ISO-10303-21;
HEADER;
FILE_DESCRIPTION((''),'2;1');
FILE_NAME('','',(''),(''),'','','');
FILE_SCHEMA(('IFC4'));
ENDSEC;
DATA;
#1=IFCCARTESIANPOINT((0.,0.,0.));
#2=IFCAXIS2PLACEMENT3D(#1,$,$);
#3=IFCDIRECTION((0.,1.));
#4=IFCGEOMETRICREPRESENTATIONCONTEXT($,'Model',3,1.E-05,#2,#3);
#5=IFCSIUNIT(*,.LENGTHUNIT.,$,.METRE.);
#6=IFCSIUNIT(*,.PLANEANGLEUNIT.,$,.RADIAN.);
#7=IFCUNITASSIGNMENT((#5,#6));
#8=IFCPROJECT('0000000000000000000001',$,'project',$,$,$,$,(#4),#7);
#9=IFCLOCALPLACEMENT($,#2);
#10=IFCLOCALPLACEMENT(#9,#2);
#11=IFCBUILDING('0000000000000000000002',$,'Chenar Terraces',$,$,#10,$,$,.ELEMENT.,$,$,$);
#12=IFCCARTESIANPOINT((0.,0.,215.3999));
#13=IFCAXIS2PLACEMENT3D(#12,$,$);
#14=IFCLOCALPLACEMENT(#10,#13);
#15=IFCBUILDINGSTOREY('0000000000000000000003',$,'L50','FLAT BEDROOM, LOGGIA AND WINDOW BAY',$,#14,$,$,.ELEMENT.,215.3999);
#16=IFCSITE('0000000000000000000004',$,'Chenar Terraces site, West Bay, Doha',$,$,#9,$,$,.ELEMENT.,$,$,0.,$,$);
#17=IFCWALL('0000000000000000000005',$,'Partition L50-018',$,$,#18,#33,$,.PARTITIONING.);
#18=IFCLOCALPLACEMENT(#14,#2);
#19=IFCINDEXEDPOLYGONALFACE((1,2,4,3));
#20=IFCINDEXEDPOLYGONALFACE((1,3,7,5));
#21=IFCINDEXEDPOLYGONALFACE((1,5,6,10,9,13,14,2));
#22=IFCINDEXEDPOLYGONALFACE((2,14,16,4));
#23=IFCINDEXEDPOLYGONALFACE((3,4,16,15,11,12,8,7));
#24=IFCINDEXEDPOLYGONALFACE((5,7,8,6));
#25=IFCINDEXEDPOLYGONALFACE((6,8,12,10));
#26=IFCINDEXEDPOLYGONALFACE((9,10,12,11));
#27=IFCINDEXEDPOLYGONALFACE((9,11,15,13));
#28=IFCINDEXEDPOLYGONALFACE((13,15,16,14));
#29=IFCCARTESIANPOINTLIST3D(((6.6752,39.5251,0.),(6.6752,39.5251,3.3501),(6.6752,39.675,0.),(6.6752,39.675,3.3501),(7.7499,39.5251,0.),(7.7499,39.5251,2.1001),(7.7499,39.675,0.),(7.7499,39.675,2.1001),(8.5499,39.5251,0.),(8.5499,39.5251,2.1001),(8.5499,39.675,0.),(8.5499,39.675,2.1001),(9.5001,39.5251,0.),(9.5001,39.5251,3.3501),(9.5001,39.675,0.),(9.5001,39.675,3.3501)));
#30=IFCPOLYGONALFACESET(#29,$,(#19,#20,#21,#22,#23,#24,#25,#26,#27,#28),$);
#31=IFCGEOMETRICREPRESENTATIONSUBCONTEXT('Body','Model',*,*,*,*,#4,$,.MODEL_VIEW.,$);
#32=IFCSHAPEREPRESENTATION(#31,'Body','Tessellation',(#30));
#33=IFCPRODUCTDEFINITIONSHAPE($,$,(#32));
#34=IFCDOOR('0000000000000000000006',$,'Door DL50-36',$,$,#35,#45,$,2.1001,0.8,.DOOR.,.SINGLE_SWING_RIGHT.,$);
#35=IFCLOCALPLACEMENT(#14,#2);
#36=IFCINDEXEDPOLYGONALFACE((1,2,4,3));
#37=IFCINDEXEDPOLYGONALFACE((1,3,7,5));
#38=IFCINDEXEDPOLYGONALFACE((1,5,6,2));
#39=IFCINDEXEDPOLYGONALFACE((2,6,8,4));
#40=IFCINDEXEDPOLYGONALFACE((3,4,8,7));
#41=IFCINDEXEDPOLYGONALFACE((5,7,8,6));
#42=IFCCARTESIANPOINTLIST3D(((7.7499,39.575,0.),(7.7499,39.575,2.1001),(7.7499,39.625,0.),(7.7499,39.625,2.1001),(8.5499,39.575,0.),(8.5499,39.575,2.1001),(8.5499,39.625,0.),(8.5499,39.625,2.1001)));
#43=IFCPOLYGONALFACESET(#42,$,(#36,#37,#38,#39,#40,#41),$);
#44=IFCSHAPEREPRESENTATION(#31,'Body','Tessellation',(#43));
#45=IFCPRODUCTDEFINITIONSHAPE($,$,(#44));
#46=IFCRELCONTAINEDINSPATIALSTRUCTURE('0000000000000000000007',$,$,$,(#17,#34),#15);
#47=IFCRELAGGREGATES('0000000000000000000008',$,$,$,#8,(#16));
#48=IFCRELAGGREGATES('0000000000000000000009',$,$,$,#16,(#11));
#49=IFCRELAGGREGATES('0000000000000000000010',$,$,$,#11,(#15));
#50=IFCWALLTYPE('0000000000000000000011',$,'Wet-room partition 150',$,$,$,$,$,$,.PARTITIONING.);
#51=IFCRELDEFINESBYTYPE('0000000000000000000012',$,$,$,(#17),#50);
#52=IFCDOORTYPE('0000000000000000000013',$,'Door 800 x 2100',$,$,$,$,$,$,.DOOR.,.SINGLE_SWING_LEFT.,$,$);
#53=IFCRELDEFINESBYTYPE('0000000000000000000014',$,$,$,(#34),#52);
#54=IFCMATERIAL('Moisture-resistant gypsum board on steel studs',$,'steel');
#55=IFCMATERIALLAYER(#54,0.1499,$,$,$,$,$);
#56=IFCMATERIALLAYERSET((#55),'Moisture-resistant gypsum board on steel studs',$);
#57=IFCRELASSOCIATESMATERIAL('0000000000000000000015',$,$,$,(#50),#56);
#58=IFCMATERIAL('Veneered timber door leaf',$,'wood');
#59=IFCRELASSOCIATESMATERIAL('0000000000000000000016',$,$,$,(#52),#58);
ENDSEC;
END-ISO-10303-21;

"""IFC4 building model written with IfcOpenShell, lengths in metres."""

from ifc_helpers import new_model, si_unit, direction, frame, frame_2d, origin, place, context, subcontext, project, spatial, rectangle, extrude, material, layer, layer_set, type_object, element, fill, save


model = new_model("IFC4")

# Units and contexts
model_context = context("Model", 3, precision=1e-05, world=origin(), true_north=direction((0.0, 1.0)))
body_context = subcontext(model_context, "Body", "Model", "MODEL_VIEW")
ifc_project = project(units=[si_unit("LENGTHUNIT", "METRE"), si_unit("PLANEANGLEUNIT", "RADIAN")], contexts=[model_context])

# Site, building, storey
site_placement = place(None, origin())
site = spatial("IfcSite", under=ifc_project, at=site_placement, Name="Chenar Terraces site, West Bay, Doha", CompositionType="ELEMENT", RefElevation=0.0)
building_placement = place(site_placement, origin())
building = spatial("IfcBuilding", under=site, at=building_placement, Name="Chenar Terraces", CompositionType="ELEMENT")
storey_placement = place(building_placement, frame((0.0, 0.0, 215.3999)))
storey = spatial("IfcBuildingStorey", under=building, at=storey_placement, Name="L50", Description="FLAT BEDROOM, LOGGIA AND WINDOW BAY", CompositionType="ELEMENT", Elevation=215.3999)

# Shared definitions
ifc_material_1 = material(Name="Moisture-resistant gypsum board on steel studs", Category="steel")
ifc_layer_1 = layer(ifc_material_1, 0.1499)
ifc_layer_set_1 = layer_set([ifc_layer_1], Name="Moisture-resistant gypsum board on steel studs")
wall_type_1 = type_object("IfcWallType", Name="Wet-room partition 150", PredefinedType="PARTITIONING", material=ifc_layer_set_1)
ifc_material_2 = material(Name="Veneered timber door leaf", Category="wood")
door_type_1 = type_object("IfcDoorType", Name="Door 800 x 2100", OperationType="SINGLE_SWING_LEFT", PredefinedType="DOOR", material=ifc_material_2)

# Wall, opening, door
wall_1_placement = place(storey_placement, frame((6.675, 39.6001, 0.0), z_axis=(0.0, 0.0, 1.0), x_axis=(1.0, 0.0, 0.0)))
wall_1 = element("IfcWall", 1, at=wall_1_placement, inside=storey, type_object=wall_type_1, Name="Partition L50-018", PredefinedType="PARTITIONING", context=body_context, shape_type="SweptSolid", body=[
    extrude(rectangle(XDim=2.825, YDim=0.1499, at=frame_2d((1.4126, 0.0))), origin(), (0.0, 0.0, 1.0), 3.3501),
])
opening_1_placement = place(wall_1_placement, frame((1.075, 0.0, 0.0)))
opening_1 = element("IfcOpeningElement", 2, at=opening_1_placement, cuts=wall_1, PredefinedType="OPENING", context=body_context, shape_type="SweptSolid", body=[
    extrude(rectangle(XDim=0.8, YDim=2.1001, at=frame_2d((0.3999, 1.05))), frame((0.0, 0.085, 0.0), z_axis=(0.0, -1.0, 0.0), x_axis=(1.0, 0.0, 0.0)), (0.0, 0.0, 1.0), 0.1699),
])
door_1_placement = place(opening_1_placement, origin())
door_1 = element("IfcDoor", 3, at=door_1_placement, inside=storey, type_object=door_type_1, Name="Door DL50-36", OperationType="SINGLE_SWING_RIGHT", OverallHeight=2.1001, OverallWidth=0.8, PredefinedType="DOOR", context=body_context, shape_type="SweptSolid", body=[
    extrude(rectangle(XDim=0.8, YDim=2.1001, at=frame_2d((0.3999, 1.05))), frame((0.0, 0.0249, 0.0), z_axis=(0.0, -1.0, 0.0), x_axis=(1.0, 0.0, 0.0)), (0.0, 0.0, 1.0), 0.05),
])
fill(opening_1, door_1)

save(model, "model.ifc")
